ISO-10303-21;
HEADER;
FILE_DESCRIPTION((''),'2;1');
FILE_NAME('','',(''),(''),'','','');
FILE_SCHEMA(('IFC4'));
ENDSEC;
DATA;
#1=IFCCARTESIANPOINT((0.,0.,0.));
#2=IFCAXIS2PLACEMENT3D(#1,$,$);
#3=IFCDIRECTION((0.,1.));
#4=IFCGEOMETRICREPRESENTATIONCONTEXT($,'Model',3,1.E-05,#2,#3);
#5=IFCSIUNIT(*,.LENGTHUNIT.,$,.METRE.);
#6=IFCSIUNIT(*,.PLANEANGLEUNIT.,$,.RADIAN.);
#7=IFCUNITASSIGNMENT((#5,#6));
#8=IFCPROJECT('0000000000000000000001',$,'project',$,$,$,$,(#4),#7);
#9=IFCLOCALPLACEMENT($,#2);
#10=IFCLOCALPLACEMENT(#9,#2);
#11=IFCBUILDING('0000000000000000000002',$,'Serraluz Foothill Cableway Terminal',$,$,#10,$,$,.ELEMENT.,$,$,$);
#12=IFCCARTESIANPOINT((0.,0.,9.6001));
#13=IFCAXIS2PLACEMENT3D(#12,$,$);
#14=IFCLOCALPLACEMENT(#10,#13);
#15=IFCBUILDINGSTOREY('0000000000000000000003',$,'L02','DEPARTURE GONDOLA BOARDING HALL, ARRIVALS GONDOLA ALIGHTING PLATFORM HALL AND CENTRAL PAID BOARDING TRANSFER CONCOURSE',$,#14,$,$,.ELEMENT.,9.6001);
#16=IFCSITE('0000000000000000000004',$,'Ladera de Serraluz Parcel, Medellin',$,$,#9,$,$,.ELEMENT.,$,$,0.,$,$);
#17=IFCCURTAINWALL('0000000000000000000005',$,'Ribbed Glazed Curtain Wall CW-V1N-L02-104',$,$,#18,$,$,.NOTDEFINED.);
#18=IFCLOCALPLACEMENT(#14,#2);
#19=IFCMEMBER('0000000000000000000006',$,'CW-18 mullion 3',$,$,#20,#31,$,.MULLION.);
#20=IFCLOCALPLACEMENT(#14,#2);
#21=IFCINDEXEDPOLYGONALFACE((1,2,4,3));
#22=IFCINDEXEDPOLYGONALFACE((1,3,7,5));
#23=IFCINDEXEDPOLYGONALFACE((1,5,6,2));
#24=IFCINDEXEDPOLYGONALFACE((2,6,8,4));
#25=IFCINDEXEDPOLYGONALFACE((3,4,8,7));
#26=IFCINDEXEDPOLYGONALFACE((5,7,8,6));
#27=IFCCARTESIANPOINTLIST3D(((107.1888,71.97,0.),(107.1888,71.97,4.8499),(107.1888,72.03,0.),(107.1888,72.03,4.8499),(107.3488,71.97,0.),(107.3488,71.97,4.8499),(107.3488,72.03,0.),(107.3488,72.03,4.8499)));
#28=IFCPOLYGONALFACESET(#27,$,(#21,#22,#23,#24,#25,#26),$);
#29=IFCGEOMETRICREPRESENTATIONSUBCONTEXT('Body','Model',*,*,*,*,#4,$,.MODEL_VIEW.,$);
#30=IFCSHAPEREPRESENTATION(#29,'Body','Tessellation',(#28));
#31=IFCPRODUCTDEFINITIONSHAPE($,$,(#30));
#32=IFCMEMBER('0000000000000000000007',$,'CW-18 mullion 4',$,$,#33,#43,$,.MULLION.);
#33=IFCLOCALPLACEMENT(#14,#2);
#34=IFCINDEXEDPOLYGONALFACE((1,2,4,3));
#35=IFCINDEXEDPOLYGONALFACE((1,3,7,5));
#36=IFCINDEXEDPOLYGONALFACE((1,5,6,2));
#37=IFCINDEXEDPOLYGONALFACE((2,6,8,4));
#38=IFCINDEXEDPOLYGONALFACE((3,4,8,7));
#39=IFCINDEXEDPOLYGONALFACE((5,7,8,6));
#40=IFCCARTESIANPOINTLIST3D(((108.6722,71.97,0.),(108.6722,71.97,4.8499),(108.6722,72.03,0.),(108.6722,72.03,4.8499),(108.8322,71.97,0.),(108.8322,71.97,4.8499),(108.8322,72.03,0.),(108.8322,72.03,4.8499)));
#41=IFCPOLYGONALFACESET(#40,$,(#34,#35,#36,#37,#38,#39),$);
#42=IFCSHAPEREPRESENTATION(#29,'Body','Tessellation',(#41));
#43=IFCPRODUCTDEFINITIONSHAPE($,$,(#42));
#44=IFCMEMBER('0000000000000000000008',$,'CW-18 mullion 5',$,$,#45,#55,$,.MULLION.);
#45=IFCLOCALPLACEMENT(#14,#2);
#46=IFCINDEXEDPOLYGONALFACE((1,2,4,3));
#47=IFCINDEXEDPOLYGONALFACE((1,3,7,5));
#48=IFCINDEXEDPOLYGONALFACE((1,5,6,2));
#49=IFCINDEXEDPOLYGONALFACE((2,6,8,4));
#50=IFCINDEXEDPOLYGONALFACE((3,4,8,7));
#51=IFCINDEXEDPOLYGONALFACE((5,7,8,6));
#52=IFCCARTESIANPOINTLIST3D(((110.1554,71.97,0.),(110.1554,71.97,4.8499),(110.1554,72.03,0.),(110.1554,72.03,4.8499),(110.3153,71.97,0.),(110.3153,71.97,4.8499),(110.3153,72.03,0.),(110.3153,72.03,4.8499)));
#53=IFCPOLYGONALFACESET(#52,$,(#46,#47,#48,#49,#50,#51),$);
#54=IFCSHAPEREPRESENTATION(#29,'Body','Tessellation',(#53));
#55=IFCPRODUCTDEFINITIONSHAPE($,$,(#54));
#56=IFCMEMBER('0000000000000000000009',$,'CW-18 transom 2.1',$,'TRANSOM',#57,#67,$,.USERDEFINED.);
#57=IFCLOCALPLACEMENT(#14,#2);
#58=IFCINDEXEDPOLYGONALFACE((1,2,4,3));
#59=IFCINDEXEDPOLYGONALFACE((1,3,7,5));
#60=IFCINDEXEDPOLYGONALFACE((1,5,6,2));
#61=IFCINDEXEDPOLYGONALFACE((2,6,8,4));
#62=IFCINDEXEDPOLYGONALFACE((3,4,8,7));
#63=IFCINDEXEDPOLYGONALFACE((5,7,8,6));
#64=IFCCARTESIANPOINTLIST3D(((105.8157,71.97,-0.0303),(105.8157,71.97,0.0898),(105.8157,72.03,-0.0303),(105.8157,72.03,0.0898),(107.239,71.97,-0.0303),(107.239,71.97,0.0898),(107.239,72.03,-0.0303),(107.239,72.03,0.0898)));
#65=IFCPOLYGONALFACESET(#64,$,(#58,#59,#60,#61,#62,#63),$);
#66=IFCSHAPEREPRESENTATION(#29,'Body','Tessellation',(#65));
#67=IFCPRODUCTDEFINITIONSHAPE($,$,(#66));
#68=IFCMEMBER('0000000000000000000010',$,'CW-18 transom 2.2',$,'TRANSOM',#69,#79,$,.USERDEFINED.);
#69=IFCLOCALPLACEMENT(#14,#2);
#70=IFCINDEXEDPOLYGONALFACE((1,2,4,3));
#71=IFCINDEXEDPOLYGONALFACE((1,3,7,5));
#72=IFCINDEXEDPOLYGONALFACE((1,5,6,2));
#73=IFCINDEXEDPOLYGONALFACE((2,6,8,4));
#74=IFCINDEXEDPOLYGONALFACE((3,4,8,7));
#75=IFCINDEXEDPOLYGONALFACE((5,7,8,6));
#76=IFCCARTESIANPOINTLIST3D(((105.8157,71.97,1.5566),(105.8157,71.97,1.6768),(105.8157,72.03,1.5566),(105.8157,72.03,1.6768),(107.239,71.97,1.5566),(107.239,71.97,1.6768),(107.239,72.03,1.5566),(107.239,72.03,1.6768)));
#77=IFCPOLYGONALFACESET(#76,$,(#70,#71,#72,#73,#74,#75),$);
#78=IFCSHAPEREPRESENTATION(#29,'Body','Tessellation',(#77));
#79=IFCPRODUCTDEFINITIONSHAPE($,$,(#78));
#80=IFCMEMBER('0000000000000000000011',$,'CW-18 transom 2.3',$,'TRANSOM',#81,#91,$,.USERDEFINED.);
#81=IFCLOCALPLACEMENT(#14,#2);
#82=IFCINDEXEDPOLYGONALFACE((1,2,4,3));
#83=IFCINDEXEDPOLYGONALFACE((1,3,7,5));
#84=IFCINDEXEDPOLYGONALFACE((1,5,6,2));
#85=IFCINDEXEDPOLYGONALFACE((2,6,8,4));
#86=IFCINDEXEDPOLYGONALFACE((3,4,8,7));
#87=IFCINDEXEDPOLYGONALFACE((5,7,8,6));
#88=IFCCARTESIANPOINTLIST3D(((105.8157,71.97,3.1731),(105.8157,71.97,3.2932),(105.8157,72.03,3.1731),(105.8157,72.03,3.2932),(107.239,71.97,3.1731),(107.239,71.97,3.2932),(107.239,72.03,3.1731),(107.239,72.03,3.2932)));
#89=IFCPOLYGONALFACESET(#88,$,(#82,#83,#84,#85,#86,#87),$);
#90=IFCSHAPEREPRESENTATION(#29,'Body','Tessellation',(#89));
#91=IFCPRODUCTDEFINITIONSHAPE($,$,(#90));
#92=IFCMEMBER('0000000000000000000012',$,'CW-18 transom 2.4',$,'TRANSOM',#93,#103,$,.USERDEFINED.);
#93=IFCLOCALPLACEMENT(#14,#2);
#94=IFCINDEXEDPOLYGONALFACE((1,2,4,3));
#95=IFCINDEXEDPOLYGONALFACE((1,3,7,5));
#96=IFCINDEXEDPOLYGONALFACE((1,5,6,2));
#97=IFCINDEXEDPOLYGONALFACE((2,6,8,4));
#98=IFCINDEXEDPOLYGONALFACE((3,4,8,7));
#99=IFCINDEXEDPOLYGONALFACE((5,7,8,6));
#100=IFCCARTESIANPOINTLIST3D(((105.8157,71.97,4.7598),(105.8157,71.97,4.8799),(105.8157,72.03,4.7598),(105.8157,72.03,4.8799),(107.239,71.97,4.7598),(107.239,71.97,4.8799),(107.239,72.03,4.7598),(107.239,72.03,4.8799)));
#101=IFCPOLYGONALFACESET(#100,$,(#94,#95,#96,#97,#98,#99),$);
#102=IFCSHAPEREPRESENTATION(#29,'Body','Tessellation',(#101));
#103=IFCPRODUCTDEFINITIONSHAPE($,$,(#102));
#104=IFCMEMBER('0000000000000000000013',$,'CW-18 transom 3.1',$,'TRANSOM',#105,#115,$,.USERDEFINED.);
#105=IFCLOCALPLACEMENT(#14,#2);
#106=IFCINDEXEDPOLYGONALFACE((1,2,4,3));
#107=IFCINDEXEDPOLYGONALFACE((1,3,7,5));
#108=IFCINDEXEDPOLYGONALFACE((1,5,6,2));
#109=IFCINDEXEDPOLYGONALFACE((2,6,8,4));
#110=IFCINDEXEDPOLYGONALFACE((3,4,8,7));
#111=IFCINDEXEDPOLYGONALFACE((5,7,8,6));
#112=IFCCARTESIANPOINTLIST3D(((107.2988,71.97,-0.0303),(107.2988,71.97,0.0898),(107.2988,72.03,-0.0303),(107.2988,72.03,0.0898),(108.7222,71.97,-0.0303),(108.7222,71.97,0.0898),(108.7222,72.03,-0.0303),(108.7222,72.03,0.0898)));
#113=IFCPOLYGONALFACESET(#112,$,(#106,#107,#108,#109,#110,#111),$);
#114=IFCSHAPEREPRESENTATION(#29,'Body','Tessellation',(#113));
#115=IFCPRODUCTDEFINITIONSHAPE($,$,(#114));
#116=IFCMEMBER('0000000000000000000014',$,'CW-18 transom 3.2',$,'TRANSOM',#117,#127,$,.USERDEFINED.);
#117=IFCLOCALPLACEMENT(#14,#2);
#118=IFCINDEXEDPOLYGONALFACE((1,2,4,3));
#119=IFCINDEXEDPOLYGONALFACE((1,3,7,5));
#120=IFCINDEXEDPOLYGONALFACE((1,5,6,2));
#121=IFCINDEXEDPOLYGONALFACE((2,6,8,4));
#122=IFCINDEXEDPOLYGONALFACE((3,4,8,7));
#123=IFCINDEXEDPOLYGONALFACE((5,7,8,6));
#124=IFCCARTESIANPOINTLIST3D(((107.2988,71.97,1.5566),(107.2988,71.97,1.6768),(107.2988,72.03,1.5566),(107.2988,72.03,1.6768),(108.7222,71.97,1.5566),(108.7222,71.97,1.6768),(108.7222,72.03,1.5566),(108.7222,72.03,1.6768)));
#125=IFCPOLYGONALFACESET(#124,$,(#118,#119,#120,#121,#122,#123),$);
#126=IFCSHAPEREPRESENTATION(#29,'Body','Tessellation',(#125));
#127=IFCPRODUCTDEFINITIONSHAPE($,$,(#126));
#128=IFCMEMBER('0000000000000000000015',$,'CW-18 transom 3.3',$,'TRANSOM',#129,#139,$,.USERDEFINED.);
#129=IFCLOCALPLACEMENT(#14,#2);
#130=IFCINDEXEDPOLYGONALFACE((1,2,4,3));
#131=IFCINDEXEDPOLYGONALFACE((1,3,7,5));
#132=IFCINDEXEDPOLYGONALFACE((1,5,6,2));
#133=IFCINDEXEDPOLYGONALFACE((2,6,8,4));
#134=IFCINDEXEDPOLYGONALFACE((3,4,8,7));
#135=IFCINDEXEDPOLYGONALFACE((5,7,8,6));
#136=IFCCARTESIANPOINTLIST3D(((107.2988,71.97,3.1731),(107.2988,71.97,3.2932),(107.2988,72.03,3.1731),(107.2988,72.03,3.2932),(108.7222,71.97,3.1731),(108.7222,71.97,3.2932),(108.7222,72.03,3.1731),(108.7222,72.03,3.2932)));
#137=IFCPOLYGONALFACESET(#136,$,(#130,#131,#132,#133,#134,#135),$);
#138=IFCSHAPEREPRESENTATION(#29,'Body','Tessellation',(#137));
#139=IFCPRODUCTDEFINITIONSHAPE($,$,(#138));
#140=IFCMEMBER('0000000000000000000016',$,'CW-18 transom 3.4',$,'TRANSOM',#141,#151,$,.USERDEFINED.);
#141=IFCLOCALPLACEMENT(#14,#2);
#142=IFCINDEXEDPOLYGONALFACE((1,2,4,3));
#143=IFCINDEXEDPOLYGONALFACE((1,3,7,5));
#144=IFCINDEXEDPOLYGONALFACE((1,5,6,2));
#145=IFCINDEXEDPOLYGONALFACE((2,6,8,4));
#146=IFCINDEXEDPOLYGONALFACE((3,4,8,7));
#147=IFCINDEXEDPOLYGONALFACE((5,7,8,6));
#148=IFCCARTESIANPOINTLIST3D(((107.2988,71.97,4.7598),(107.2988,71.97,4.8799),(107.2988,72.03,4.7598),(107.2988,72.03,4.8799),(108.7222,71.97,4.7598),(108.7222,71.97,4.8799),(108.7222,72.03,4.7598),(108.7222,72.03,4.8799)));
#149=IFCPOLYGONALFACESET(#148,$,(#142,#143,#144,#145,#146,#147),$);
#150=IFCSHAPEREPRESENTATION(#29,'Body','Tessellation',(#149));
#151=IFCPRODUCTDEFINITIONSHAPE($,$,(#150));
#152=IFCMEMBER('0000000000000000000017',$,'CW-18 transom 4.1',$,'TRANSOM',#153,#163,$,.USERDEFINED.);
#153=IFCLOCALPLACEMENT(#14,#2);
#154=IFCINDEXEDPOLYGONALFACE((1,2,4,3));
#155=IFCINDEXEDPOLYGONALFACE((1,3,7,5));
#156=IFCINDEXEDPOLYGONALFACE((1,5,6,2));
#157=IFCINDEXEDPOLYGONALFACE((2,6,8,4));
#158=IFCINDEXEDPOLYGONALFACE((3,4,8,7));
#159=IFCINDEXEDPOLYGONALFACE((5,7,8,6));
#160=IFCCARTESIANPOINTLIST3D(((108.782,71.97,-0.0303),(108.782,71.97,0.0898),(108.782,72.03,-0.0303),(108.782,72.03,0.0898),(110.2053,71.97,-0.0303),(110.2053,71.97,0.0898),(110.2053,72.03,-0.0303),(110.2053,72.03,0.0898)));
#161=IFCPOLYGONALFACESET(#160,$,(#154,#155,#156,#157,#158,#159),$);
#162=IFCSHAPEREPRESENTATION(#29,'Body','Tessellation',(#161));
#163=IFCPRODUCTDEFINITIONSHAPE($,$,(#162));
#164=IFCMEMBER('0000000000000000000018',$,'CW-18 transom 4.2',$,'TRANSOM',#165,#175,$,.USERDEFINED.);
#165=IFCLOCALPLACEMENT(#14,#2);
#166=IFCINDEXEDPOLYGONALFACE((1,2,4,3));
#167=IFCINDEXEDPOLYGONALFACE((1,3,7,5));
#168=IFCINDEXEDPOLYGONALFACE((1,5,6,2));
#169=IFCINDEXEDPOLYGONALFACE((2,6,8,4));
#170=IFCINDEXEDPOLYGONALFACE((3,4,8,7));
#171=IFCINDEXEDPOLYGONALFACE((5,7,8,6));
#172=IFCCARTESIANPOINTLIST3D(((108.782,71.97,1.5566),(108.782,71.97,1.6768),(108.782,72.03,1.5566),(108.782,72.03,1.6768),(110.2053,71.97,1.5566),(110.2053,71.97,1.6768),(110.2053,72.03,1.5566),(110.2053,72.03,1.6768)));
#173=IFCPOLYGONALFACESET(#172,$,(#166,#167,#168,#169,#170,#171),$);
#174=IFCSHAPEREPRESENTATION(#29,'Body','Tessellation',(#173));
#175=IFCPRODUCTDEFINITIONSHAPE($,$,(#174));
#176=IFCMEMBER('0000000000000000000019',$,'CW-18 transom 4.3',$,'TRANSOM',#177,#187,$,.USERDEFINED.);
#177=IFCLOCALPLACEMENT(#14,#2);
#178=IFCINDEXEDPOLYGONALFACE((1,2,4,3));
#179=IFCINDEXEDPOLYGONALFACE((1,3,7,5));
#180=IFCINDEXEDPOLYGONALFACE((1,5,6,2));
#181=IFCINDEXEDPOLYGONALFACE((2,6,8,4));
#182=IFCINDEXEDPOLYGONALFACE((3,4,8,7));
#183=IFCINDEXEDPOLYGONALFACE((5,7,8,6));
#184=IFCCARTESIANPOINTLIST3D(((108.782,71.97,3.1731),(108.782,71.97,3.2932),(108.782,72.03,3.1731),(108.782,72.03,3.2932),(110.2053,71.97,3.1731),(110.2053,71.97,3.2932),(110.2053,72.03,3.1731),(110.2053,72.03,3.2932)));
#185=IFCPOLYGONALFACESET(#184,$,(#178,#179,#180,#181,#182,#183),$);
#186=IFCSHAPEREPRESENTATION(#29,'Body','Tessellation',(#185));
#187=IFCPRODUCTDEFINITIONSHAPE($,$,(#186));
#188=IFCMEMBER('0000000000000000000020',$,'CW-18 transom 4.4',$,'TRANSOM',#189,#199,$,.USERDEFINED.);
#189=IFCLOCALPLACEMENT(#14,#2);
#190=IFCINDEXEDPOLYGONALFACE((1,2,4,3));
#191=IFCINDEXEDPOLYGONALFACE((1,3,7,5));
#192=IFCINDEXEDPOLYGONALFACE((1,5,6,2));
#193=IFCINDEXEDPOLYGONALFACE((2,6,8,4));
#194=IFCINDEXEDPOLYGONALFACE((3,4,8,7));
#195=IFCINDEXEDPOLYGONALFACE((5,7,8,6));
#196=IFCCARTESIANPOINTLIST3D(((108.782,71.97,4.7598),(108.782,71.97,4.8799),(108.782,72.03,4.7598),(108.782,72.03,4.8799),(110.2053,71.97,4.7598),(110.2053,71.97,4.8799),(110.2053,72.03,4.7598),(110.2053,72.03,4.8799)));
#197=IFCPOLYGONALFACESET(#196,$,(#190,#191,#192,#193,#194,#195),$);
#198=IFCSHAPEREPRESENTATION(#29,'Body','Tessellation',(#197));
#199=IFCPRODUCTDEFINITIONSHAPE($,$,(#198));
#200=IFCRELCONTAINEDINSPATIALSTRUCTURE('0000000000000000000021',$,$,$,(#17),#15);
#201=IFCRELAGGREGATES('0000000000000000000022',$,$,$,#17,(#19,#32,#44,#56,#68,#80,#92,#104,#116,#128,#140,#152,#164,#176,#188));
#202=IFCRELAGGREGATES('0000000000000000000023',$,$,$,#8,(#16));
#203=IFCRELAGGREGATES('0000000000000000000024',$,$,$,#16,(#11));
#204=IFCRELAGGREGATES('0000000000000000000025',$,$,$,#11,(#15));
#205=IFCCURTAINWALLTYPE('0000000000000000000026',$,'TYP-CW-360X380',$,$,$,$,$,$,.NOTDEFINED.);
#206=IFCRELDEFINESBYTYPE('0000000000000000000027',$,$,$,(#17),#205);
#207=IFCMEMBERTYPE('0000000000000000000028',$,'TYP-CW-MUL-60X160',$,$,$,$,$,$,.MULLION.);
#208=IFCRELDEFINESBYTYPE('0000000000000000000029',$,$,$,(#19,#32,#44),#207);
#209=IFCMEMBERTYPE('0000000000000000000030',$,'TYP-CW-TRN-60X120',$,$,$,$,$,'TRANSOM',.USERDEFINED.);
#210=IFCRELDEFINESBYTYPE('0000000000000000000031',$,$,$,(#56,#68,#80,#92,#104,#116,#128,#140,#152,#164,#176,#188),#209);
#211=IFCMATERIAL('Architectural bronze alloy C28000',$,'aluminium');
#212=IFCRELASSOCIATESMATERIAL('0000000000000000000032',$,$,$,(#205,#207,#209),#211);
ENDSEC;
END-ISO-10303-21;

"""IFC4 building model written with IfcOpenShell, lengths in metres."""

from ifc_helpers import new_model, si_unit, direction, frame, origin, origin_2d, place, context, subcontext, project, spatial, rectangle, extrude, material, material_profile, profile_set, type_object, element, aggregate, save


model = new_model("IFC4")

# Units and contexts
model_context = context("Model", 3, precision=1e-05, world=origin(), true_north=direction((0.0, 1.0)))
body_context = subcontext(model_context, "Body", "Model", "MODEL_VIEW")
ifc_project = project(units=[si_unit("LENGTHUNIT", "METRE"), si_unit("PLANEANGLEUNIT", "RADIAN")], contexts=[model_context])

# Site, building, storey
site_placement = place(None, origin())
site = spatial("IfcSite", under=ifc_project, at=site_placement, Name="Ladera de Serraluz Parcel, Medellin", CompositionType="ELEMENT", RefElevation=0.0)
building_placement = place(site_placement, origin())
building = spatial("IfcBuilding", under=site, at=building_placement, Name="Serraluz Foothill Cableway Terminal", CompositionType="ELEMENT")
storey_placement = place(building_placement, frame((0.0, 0.0, 9.6001)))
storey = spatial("IfcBuildingStorey", under=building, at=storey_placement, Name="L02", Description="DEPARTURE GONDOLA BOARDING HALL, ARRIVALS GONDOLA ALIGHTING PLATFORM HALL AND CENTRAL PAID BOARDING TRANSFER CONCOURSE", CompositionType="ELEMENT", Elevation=9.6001)

# Curtain wall, members
ifc_material_1 = material(Name="Architectural bronze alloy C28000", Category="aluminium")
curtain_wall_type = type_object("IfcCurtainWallType", Name="TYP-CW-360X380", PredefinedType="NOTDEFINED", material=ifc_material_1)
curtain_wall_placement = place(storey_placement, origin())
curtain_wall = element("IfcCurtainWall", 1, at=curtain_wall_placement, inside=storey, type_object=curtain_wall_type, Name="Ribbed Glazed Curtain Wall CW-V1N-L02-104", PredefinedType="NOTDEFINED")
ifc_material_profile_1 = material_profile(ifc_material_1, rectangle(XDim=0.0601, YDim=0.1599, at=origin_2d()), Name="ALU MULLION 60x160")
ifc_profile_set_1 = profile_set([ifc_material_profile_1], Name="Architectural bronze alloy C28000")
member_type_1 = type_object("IfcMemberType", Name="TYP-CW-MUL-60X160", PredefinedType="MULLION", material=ifc_profile_set_1)
member_1_placement = place(storey_placement, frame((107.2688, 72.0, 0.0), z_axis=(0.0, 0.0, 1.0), x_axis=(0.0, 1.0, 0.0)))
member_1 = element("IfcMember", 2, at=member_1_placement, type_object=member_type_1, Name="CW-18 mullion 3", PredefinedType="MULLION", context=body_context, shape_type="SweptSolid", body=[
    extrude(rectangle(XDim=0.0601, YDim=0.1599, at=origin_2d()), origin(), (0.0, 0.0, 1.0), 4.8499),
])
member_2_placement = place(storey_placement, frame((108.7522, 72.0, 0.0), z_axis=(0.0, 0.0, 1.0), x_axis=(0.0, 1.0, 0.0)))
member_2 = element("IfcMember", 3, at=member_2_placement, type_object=member_type_1, Name="CW-18 mullion 4", PredefinedType="MULLION", context=body_context, shape_type="SweptSolid", body=[
    extrude(rectangle(XDim=0.0601, YDim=0.1599, at=origin_2d()), origin(), (0.0, 0.0, 1.0), 4.8499),
])
member_3_placement = place(storey_placement, frame((110.2354, 72.0, 0.0), z_axis=(0.0, 0.0, 1.0), x_axis=(0.0, 1.0, 0.0)))
member_3 = element("IfcMember", 4, at=member_3_placement, type_object=member_type_1, Name="CW-18 mullion 5", PredefinedType="MULLION", context=body_context, shape_type="SweptSolid", body=[
    extrude(rectangle(XDim=0.0601, YDim=0.1599, at=origin_2d()), origin(), (0.0, 0.0, 1.0), 4.8499),
])
ifc_material_profile_2 = material_profile(ifc_material_1, rectangle(XDim=0.0601, YDim=0.1201, at=origin_2d()), Name="ALU TRANSOM 60x120")
ifc_profile_set_2 = profile_set([ifc_material_profile_2], Name="Architectural bronze alloy C28000")
member_type_2 = type_object("IfcMemberType", Name="TYP-CW-TRN-60X120", ElementType="TRANSOM", PredefinedType="USERDEFINED", material=ifc_profile_set_2)
member_4_placement = place(storey_placement, frame((105.8157, 72.0, 0.0298), z_axis=(1.0, 0.0, 0.0), x_axis=(0.0, 1.0, 0.0)))
member_4 = element("IfcMember", 5, at=member_4_placement, type_object=member_type_2, Name="CW-18 transom 2.1", ObjectType="TRANSOM", PredefinedType="USERDEFINED", context=body_context, shape_type="SweptSolid", body=[
    extrude(rectangle(XDim=0.0601, YDim=0.1201, at=origin_2d()), origin(), (0.0, 0.0, 1.0), 1.4233),
])
member_5_placement = place(storey_placement, frame((105.8157, 72.0, 1.6167), z_axis=(1.0, 0.0, 0.0), x_axis=(0.0, 1.0, 0.0)))
member_5 = element("IfcMember", 6, at=member_5_placement, type_object=member_type_2, Name="CW-18 transom 2.2", ObjectType="TRANSOM", PredefinedType="USERDEFINED", context=body_context, shape_type="SweptSolid", body=[
    extrude(rectangle(XDim=0.0601, YDim=0.1201, at=origin_2d()), origin(), (0.0, 0.0, 1.0), 1.4233),
])
member_6_placement = place(storey_placement, frame((105.8157, 72.0, 3.2332), z_axis=(1.0, 0.0, 0.0), x_axis=(0.0, 1.0, 0.0)))
member_6 = element("IfcMember", 7, at=member_6_placement, type_object=member_type_2, Name="CW-18 transom 2.3", ObjectType="TRANSOM", PredefinedType="USERDEFINED", context=body_context, shape_type="SweptSolid", body=[
    extrude(rectangle(XDim=0.0601, YDim=0.1201, at=origin_2d()), origin(), (0.0, 0.0, 1.0), 1.4233),
])
member_7_placement = place(storey_placement, frame((105.8157, 72.0, 4.8198), z_axis=(1.0, 0.0, 0.0), x_axis=(0.0, 1.0, 0.0)))
member_7 = element("IfcMember", 8, at=member_7_placement, type_object=member_type_2, Name="CW-18 transom 2.4", ObjectType="TRANSOM", PredefinedType="USERDEFINED", context=body_context, shape_type="SweptSolid", body=[
    extrude(rectangle(XDim=0.0601, YDim=0.1201, at=origin_2d()), origin(), (0.0, 0.0, 1.0), 1.4233),
])
member_8_placement = place(storey_placement, frame((107.2988, 72.0, 0.0298), z_axis=(1.0, 0.0, 0.0), x_axis=(0.0, 1.0, 0.0)))
member_8 = element("IfcMember", 9, at=member_8_placement, type_object=member_type_2, Name="CW-18 transom 3.1", ObjectType="TRANSOM", PredefinedType="USERDEFINED", context=body_context, shape_type="SweptSolid", body=[
    extrude(rectangle(XDim=0.0601, YDim=0.1201, at=origin_2d()), origin(), (0.0, 0.0, 1.0), 1.4233),
])
member_9_placement = place(storey_placement, frame((107.2988, 72.0, 1.6167), z_axis=(1.0, 0.0, 0.0), x_axis=(0.0, 1.0, 0.0)))
member_9 = element("IfcMember", 10, at=member_9_placement, type_object=member_type_2, Name="CW-18 transom 3.2", ObjectType="TRANSOM", PredefinedType="USERDEFINED", context=body_context, shape_type="SweptSolid", body=[
    extrude(rectangle(XDim=0.0601, YDim=0.1201, at=origin_2d()), origin(), (0.0, 0.0, 1.0), 1.4233),
])
member_10_placement = place(storey_placement, frame((107.2988, 72.0, 3.2332), z_axis=(1.0, 0.0, 0.0), x_axis=(0.0, 1.0, 0.0)))
member_10 = element("IfcMember", 11, at=member_10_placement, type_object=member_type_2, Name="CW-18 transom 3.3", ObjectType="TRANSOM", PredefinedType="USERDEFINED", context=body_context, shape_type="SweptSolid", body=[
    extrude(rectangle(XDim=0.0601, YDim=0.1201, at=origin_2d()), origin(), (0.0, 0.0, 1.0), 1.4233),
])
member_11_placement = place(storey_placement, frame((107.2988, 72.0, 4.8198), z_axis=(1.0, 0.0, 0.0), x_axis=(0.0, 1.0, 0.0)))
member_11 = element("IfcMember", 12, at=member_11_placement, type_object=member_type_2, Name="CW-18 transom 3.4", ObjectType="TRANSOM", PredefinedType="USERDEFINED", context=body_context, shape_type="SweptSolid", body=[
    extrude(rectangle(XDim=0.0601, YDim=0.1201, at=origin_2d()), origin(), (0.0, 0.0, 1.0), 1.4233),
])
member_12_placement = place(storey_placement, frame((108.782, 72.0, 0.0298), z_axis=(1.0, 0.0, 0.0), x_axis=(0.0, 1.0, 0.0)))
member_12 = element("IfcMember", 13, at=member_12_placement, type_object=member_type_2, Name="CW-18 transom 4.1", ObjectType="TRANSOM", PredefinedType="USERDEFINED", context=body_context, shape_type="SweptSolid", body=[
    extrude(rectangle(XDim=0.0601, YDim=0.1201, at=origin_2d()), origin(), (0.0, 0.0, 1.0), 1.4233),
])
member_13_placement = place(storey_placement, frame((108.782, 72.0, 1.6167), z_axis=(1.0, 0.0, 0.0), x_axis=(0.0, 1.0, 0.0)))
member_13 = element("IfcMember", 14, at=member_13_placement, type_object=member_type_2, Name="CW-18 transom 4.2", ObjectType="TRANSOM", PredefinedType="USERDEFINED", context=body_context, shape_type="SweptSolid", body=[
    extrude(rectangle(XDim=0.0601, YDim=0.1201, at=origin_2d()), origin(), (0.0, 0.0, 1.0), 1.4233),
])
member_14_placement = place(storey_placement, frame((108.782, 72.0, 3.2332), z_axis=(1.0, 0.0, 0.0), x_axis=(0.0, 1.0, 0.0)))
member_14 = element("IfcMember", 15, at=member_14_placement, type_object=member_type_2, Name="CW-18 transom 4.3", ObjectType="TRANSOM", PredefinedType="USERDEFINED", context=body_context, shape_type="SweptSolid", body=[
    extrude(rectangle(XDim=0.0601, YDim=0.1201, at=origin_2d()), origin(), (0.0, 0.0, 1.0), 1.4233),
])
member_15_placement = place(storey_placement, frame((108.782, 72.0, 4.8198), z_axis=(1.0, 0.0, 0.0), x_axis=(0.0, 1.0, 0.0)))
member_15 = element("IfcMember", 16, at=member_15_placement, type_object=member_type_2, Name="CW-18 transom 4.4", ObjectType="TRANSOM", PredefinedType="USERDEFINED", context=body_context, shape_type="SweptSolid", body=[
    extrude(rectangle(XDim=0.0601, YDim=0.1201, at=origin_2d()), origin(), (0.0, 0.0, 1.0), 1.4233),
])
aggregate(curtain_wall, [member_1, member_2, member_3, member_4, member_5, member_6, member_7, member_8, member_9, member_10, member_11, member_12, member_13, member_14, member_15])

save(model, "model.ifc")
